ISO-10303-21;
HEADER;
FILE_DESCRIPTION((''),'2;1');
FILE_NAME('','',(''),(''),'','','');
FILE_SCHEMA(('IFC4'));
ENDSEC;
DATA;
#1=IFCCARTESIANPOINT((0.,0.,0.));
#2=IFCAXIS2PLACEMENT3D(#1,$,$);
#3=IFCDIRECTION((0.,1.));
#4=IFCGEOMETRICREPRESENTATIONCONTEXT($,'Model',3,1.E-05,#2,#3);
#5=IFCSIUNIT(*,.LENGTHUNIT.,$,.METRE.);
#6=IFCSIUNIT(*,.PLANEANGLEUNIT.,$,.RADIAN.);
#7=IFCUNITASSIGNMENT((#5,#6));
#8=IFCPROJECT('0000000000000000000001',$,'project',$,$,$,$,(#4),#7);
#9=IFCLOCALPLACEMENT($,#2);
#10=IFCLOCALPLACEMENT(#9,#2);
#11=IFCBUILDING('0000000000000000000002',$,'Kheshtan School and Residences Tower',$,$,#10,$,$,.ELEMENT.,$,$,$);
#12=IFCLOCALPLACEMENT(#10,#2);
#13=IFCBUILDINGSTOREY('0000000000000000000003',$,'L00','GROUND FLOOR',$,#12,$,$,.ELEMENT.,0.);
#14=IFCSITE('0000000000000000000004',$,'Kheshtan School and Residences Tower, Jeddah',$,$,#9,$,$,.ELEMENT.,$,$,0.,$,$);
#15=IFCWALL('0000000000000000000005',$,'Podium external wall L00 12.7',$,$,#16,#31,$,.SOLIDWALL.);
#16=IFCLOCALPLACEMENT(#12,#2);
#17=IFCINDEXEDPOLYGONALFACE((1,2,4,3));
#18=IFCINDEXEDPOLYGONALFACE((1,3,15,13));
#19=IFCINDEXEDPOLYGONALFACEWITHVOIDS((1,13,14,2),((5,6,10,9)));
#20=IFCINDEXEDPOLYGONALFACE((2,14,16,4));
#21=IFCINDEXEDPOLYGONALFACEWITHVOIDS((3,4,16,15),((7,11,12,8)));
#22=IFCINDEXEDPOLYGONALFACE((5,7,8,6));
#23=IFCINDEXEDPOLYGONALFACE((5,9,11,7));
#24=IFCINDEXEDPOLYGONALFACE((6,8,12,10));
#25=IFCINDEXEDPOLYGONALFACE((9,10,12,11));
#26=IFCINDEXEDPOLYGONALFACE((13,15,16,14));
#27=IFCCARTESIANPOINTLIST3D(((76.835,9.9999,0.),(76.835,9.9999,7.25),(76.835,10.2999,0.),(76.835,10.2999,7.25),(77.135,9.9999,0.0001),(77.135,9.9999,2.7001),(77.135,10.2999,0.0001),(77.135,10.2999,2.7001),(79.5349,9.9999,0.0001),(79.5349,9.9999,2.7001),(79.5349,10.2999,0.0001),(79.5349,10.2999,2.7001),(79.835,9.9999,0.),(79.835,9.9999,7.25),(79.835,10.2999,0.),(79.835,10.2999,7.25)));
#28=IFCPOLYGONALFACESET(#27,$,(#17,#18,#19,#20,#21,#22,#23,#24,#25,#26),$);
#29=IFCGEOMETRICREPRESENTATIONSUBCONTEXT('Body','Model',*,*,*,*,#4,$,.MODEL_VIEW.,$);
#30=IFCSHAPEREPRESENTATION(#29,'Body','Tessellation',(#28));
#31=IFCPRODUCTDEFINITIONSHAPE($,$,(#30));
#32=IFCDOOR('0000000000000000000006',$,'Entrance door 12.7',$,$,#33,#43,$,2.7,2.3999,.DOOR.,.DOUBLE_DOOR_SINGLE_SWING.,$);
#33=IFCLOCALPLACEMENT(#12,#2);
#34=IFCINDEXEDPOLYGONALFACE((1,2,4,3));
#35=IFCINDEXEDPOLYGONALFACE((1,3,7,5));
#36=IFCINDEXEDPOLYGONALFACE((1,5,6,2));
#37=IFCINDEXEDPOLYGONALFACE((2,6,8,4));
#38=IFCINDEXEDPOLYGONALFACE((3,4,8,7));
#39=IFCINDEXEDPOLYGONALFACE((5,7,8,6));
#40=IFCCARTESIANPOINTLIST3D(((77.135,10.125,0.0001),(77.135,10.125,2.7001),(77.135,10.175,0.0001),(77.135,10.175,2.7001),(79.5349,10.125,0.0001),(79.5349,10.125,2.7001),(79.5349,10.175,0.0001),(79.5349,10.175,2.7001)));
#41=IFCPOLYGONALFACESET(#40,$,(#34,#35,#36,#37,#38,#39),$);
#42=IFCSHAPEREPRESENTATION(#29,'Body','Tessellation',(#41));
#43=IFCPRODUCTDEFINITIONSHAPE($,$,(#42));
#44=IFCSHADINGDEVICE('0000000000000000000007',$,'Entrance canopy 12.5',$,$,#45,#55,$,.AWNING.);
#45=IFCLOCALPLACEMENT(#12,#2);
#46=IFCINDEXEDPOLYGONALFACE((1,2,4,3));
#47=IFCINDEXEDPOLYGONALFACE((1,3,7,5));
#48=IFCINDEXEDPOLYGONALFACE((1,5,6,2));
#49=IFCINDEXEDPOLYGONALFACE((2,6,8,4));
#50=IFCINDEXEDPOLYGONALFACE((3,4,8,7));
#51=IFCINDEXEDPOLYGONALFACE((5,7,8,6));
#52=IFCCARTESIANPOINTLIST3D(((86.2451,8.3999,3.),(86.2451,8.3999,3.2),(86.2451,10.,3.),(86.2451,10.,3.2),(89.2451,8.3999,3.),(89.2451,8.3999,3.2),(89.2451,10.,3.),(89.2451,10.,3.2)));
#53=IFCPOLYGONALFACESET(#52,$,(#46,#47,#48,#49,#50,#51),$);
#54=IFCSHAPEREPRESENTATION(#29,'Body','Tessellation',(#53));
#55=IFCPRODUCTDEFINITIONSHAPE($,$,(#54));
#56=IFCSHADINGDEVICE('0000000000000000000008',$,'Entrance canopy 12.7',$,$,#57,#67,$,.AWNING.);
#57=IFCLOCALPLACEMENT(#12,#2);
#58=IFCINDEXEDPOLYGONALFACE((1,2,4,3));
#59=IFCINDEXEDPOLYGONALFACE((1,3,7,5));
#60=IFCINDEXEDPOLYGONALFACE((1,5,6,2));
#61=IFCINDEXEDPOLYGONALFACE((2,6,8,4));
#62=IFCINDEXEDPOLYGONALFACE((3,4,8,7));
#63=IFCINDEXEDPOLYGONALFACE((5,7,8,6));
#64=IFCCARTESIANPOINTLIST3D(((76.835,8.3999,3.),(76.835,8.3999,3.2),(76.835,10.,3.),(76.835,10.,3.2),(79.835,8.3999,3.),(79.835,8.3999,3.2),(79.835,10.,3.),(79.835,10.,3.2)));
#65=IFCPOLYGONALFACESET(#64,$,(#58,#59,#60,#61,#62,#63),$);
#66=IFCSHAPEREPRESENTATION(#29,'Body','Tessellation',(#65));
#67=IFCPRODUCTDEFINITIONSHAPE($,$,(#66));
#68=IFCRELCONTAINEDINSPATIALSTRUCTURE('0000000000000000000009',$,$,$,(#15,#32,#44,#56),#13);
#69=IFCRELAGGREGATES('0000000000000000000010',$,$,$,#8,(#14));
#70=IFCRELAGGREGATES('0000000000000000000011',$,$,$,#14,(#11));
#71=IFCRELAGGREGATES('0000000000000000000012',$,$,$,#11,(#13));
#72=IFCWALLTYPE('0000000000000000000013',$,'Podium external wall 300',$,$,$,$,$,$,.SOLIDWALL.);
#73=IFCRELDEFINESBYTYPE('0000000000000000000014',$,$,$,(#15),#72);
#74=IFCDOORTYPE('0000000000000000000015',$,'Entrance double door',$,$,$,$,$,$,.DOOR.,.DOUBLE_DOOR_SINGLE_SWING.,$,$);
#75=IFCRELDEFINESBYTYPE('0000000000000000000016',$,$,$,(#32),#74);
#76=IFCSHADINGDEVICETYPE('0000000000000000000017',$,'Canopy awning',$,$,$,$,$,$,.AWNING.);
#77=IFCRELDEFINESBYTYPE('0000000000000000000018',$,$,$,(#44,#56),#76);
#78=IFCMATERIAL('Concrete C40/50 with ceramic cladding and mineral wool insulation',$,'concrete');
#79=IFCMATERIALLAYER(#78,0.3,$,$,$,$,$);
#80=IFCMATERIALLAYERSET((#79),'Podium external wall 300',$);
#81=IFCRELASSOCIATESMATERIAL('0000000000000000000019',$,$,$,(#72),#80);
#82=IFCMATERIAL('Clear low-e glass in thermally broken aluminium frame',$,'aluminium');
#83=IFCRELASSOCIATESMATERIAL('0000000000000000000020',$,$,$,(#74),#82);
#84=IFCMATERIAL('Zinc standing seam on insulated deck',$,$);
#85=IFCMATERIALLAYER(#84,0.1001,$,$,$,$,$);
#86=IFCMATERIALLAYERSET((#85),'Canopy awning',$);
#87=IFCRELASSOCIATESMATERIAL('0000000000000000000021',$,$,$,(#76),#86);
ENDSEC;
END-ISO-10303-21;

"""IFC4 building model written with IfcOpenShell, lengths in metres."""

from ifc_helpers import new_model, si_unit, direction, frame, frame_2d, origin, origin_2d, place, context, subcontext, project, spatial, rectangle, extrude, source, transform, mapped, material, layer, layer_set, type_object, element, fill, save


model = new_model("IFC4")

# Units and contexts
model_context = context("Model", 3, precision=1e-05, world=origin(), true_north=direction((0.0, 1.0)))
body_context = subcontext(model_context, "Body", "Model", "MODEL_VIEW")
ifc_project = project(units=[si_unit("LENGTHUNIT", "METRE"), si_unit("PLANEANGLEUNIT", "RADIAN")], contexts=[model_context])

# Site, building, storey
site_placement = place(None, origin())
site = spatial("IfcSite", under=ifc_project, at=site_placement, Name="Kheshtan School and Residences Tower, Jeddah", CompositionType="ELEMENT", RefElevation=0.0)
building_placement = place(site_placement, origin())
building = spatial("IfcBuilding", under=site, at=building_placement, Name="Kheshtan School and Residences Tower", CompositionType="ELEMENT")
storey_placement = place(building_placement, origin())
storey = spatial("IfcBuildingStorey", under=building, at=storey_placement, Name="L00", Description="GROUND FLOOR", CompositionType="ELEMENT", Elevation=0.0)

# Shared definitions
ifc_material_1 = material(Name="Clear low-e glass in thermally broken aluminium frame", Category="aluminium")

# Wall, opening, door
ifc_material_2 = material(Name="Concrete C40/50 with ceramic cladding and mineral wool insulation", Category="concrete")
ifc_layer_1 = layer(ifc_material_2, 0.3)
ifc_layer_set_1 = layer_set([ifc_layer_1], Name="Podium external wall 300")
wall_type_1 = type_object("IfcWallType", Name="Podium external wall 300", PredefinedType="SOLIDWALL", material=ifc_layer_set_1)
wall_1_placement = place(storey_placement, frame((79.835, 10.1499, 0.0), z_axis=(0.0, 0.0, 1.0), x_axis=(-1.0, 0.0, 0.0)))
wall_1 = element("IfcWall", 1, at=wall_1_placement, inside=storey, type_object=wall_type_1, Name="Podium external wall L00 12.7", PredefinedType="SOLIDWALL", context=body_context, shape_type="SweptSolid", body=[
    extrude(rectangle(XDim=3.0, YDim=0.3, at=frame_2d((1.5, 0.0))), origin(), (0.0, 0.0, 1.0), 7.25),
])
opening_1_placement = place(wall_1_placement, frame((0.3, 0.0, 0.0)))
opening_1 = element("IfcOpeningElement", 2, at=opening_1_placement, cuts=wall_1, PredefinedType="OPENING", context=body_context, shape_type="SweptSolid", body=[
    extrude(rectangle(XDim=2.3999, YDim=2.7, at=frame_2d((1.2, 1.3501))), frame((0.0, 0.1602, 0.0), z_axis=(0.0, -1.0, 0.0), x_axis=(1.0, 0.0, 0.0)), (0.0, 0.0, 1.0), 0.3201),
])
door_type_1 = type_object("IfcDoorType", Name="Entrance double door", OperationType="DOUBLE_DOOR_SINGLE_SWING", PredefinedType="DOOR", material=ifc_material_1)
shared_shape_1 = source(origin(), body_context, "Body", "SweptSolid", [
    extrude(rectangle(XDim=2.3999, YDim=2.7, at=frame_2d((1.2, 1.3501))), frame((0.0, 0.0249, 0.0), z_axis=(0.0, -1.0, 0.0), x_axis=(1.0, 0.0, 0.0)), (0.0, 0.0, 1.0), 0.05),
])
door_1_placement = place(opening_1_placement, origin())
door_1 = element("IfcDoor", 3, at=door_1_placement, inside=storey, type_object=door_type_1, Name="Entrance door 12.7", OperationType="DOUBLE_DOOR_SINGLE_SWING", OverallHeight=2.7, OverallWidth=2.3999, PredefinedType="DOOR", context=body_context, shape_type="MappedRepresentation", body=[
    mapped(shared_shape_1, transform((0.0, 0.0, 0.0), x_axis=(1.0, 0.0, 0.0), y_axis=(0.0, 1.0, 0.0), z_axis=(0.0, 0.0, 1.0), scale=1.0)),
])
fill(opening_1, door_1)

# Shading devices
ifc_material_3 = material(Name="Zinc standing seam on insulated deck")
ifc_layer_2 = layer(ifc_material_3, 0.1001)
ifc_layer_set_2 = layer_set([ifc_layer_2], Name="Canopy awning")
shading_device_type = type_object("IfcShadingDeviceType", Name="Canopy awning", PredefinedType="AWNING", material=ifc_layer_set_2)
for number, where, z_axis, x_axis, name in (
    (4, (87.7451, 9.2, 3.0), (0.0, 0.0, 1.0), (-1.0, 0.0, 0.0), "Entrance canopy 12.5"),
    (5, (78.335, 9.2, 3.0), (0.0, 0.0, 1.0), (-1.0, 0.0, 0.0), "Entrance canopy 12.7"),
):
    element("IfcShadingDevice", number, at=place(storey_placement, frame(where, z_axis=z_axis, x_axis=x_axis)), inside=storey, type_object=shading_device_type, Name=name, PredefinedType="AWNING", context=body_context, shape_type="SweptSolid", body=[
        extrude(rectangle(XDim=3.0, YDim=1.6001, at=origin_2d()), origin(), (0.0, 0.0, 1.0), 0.2),
    ])

save(model, "model.ifc")
